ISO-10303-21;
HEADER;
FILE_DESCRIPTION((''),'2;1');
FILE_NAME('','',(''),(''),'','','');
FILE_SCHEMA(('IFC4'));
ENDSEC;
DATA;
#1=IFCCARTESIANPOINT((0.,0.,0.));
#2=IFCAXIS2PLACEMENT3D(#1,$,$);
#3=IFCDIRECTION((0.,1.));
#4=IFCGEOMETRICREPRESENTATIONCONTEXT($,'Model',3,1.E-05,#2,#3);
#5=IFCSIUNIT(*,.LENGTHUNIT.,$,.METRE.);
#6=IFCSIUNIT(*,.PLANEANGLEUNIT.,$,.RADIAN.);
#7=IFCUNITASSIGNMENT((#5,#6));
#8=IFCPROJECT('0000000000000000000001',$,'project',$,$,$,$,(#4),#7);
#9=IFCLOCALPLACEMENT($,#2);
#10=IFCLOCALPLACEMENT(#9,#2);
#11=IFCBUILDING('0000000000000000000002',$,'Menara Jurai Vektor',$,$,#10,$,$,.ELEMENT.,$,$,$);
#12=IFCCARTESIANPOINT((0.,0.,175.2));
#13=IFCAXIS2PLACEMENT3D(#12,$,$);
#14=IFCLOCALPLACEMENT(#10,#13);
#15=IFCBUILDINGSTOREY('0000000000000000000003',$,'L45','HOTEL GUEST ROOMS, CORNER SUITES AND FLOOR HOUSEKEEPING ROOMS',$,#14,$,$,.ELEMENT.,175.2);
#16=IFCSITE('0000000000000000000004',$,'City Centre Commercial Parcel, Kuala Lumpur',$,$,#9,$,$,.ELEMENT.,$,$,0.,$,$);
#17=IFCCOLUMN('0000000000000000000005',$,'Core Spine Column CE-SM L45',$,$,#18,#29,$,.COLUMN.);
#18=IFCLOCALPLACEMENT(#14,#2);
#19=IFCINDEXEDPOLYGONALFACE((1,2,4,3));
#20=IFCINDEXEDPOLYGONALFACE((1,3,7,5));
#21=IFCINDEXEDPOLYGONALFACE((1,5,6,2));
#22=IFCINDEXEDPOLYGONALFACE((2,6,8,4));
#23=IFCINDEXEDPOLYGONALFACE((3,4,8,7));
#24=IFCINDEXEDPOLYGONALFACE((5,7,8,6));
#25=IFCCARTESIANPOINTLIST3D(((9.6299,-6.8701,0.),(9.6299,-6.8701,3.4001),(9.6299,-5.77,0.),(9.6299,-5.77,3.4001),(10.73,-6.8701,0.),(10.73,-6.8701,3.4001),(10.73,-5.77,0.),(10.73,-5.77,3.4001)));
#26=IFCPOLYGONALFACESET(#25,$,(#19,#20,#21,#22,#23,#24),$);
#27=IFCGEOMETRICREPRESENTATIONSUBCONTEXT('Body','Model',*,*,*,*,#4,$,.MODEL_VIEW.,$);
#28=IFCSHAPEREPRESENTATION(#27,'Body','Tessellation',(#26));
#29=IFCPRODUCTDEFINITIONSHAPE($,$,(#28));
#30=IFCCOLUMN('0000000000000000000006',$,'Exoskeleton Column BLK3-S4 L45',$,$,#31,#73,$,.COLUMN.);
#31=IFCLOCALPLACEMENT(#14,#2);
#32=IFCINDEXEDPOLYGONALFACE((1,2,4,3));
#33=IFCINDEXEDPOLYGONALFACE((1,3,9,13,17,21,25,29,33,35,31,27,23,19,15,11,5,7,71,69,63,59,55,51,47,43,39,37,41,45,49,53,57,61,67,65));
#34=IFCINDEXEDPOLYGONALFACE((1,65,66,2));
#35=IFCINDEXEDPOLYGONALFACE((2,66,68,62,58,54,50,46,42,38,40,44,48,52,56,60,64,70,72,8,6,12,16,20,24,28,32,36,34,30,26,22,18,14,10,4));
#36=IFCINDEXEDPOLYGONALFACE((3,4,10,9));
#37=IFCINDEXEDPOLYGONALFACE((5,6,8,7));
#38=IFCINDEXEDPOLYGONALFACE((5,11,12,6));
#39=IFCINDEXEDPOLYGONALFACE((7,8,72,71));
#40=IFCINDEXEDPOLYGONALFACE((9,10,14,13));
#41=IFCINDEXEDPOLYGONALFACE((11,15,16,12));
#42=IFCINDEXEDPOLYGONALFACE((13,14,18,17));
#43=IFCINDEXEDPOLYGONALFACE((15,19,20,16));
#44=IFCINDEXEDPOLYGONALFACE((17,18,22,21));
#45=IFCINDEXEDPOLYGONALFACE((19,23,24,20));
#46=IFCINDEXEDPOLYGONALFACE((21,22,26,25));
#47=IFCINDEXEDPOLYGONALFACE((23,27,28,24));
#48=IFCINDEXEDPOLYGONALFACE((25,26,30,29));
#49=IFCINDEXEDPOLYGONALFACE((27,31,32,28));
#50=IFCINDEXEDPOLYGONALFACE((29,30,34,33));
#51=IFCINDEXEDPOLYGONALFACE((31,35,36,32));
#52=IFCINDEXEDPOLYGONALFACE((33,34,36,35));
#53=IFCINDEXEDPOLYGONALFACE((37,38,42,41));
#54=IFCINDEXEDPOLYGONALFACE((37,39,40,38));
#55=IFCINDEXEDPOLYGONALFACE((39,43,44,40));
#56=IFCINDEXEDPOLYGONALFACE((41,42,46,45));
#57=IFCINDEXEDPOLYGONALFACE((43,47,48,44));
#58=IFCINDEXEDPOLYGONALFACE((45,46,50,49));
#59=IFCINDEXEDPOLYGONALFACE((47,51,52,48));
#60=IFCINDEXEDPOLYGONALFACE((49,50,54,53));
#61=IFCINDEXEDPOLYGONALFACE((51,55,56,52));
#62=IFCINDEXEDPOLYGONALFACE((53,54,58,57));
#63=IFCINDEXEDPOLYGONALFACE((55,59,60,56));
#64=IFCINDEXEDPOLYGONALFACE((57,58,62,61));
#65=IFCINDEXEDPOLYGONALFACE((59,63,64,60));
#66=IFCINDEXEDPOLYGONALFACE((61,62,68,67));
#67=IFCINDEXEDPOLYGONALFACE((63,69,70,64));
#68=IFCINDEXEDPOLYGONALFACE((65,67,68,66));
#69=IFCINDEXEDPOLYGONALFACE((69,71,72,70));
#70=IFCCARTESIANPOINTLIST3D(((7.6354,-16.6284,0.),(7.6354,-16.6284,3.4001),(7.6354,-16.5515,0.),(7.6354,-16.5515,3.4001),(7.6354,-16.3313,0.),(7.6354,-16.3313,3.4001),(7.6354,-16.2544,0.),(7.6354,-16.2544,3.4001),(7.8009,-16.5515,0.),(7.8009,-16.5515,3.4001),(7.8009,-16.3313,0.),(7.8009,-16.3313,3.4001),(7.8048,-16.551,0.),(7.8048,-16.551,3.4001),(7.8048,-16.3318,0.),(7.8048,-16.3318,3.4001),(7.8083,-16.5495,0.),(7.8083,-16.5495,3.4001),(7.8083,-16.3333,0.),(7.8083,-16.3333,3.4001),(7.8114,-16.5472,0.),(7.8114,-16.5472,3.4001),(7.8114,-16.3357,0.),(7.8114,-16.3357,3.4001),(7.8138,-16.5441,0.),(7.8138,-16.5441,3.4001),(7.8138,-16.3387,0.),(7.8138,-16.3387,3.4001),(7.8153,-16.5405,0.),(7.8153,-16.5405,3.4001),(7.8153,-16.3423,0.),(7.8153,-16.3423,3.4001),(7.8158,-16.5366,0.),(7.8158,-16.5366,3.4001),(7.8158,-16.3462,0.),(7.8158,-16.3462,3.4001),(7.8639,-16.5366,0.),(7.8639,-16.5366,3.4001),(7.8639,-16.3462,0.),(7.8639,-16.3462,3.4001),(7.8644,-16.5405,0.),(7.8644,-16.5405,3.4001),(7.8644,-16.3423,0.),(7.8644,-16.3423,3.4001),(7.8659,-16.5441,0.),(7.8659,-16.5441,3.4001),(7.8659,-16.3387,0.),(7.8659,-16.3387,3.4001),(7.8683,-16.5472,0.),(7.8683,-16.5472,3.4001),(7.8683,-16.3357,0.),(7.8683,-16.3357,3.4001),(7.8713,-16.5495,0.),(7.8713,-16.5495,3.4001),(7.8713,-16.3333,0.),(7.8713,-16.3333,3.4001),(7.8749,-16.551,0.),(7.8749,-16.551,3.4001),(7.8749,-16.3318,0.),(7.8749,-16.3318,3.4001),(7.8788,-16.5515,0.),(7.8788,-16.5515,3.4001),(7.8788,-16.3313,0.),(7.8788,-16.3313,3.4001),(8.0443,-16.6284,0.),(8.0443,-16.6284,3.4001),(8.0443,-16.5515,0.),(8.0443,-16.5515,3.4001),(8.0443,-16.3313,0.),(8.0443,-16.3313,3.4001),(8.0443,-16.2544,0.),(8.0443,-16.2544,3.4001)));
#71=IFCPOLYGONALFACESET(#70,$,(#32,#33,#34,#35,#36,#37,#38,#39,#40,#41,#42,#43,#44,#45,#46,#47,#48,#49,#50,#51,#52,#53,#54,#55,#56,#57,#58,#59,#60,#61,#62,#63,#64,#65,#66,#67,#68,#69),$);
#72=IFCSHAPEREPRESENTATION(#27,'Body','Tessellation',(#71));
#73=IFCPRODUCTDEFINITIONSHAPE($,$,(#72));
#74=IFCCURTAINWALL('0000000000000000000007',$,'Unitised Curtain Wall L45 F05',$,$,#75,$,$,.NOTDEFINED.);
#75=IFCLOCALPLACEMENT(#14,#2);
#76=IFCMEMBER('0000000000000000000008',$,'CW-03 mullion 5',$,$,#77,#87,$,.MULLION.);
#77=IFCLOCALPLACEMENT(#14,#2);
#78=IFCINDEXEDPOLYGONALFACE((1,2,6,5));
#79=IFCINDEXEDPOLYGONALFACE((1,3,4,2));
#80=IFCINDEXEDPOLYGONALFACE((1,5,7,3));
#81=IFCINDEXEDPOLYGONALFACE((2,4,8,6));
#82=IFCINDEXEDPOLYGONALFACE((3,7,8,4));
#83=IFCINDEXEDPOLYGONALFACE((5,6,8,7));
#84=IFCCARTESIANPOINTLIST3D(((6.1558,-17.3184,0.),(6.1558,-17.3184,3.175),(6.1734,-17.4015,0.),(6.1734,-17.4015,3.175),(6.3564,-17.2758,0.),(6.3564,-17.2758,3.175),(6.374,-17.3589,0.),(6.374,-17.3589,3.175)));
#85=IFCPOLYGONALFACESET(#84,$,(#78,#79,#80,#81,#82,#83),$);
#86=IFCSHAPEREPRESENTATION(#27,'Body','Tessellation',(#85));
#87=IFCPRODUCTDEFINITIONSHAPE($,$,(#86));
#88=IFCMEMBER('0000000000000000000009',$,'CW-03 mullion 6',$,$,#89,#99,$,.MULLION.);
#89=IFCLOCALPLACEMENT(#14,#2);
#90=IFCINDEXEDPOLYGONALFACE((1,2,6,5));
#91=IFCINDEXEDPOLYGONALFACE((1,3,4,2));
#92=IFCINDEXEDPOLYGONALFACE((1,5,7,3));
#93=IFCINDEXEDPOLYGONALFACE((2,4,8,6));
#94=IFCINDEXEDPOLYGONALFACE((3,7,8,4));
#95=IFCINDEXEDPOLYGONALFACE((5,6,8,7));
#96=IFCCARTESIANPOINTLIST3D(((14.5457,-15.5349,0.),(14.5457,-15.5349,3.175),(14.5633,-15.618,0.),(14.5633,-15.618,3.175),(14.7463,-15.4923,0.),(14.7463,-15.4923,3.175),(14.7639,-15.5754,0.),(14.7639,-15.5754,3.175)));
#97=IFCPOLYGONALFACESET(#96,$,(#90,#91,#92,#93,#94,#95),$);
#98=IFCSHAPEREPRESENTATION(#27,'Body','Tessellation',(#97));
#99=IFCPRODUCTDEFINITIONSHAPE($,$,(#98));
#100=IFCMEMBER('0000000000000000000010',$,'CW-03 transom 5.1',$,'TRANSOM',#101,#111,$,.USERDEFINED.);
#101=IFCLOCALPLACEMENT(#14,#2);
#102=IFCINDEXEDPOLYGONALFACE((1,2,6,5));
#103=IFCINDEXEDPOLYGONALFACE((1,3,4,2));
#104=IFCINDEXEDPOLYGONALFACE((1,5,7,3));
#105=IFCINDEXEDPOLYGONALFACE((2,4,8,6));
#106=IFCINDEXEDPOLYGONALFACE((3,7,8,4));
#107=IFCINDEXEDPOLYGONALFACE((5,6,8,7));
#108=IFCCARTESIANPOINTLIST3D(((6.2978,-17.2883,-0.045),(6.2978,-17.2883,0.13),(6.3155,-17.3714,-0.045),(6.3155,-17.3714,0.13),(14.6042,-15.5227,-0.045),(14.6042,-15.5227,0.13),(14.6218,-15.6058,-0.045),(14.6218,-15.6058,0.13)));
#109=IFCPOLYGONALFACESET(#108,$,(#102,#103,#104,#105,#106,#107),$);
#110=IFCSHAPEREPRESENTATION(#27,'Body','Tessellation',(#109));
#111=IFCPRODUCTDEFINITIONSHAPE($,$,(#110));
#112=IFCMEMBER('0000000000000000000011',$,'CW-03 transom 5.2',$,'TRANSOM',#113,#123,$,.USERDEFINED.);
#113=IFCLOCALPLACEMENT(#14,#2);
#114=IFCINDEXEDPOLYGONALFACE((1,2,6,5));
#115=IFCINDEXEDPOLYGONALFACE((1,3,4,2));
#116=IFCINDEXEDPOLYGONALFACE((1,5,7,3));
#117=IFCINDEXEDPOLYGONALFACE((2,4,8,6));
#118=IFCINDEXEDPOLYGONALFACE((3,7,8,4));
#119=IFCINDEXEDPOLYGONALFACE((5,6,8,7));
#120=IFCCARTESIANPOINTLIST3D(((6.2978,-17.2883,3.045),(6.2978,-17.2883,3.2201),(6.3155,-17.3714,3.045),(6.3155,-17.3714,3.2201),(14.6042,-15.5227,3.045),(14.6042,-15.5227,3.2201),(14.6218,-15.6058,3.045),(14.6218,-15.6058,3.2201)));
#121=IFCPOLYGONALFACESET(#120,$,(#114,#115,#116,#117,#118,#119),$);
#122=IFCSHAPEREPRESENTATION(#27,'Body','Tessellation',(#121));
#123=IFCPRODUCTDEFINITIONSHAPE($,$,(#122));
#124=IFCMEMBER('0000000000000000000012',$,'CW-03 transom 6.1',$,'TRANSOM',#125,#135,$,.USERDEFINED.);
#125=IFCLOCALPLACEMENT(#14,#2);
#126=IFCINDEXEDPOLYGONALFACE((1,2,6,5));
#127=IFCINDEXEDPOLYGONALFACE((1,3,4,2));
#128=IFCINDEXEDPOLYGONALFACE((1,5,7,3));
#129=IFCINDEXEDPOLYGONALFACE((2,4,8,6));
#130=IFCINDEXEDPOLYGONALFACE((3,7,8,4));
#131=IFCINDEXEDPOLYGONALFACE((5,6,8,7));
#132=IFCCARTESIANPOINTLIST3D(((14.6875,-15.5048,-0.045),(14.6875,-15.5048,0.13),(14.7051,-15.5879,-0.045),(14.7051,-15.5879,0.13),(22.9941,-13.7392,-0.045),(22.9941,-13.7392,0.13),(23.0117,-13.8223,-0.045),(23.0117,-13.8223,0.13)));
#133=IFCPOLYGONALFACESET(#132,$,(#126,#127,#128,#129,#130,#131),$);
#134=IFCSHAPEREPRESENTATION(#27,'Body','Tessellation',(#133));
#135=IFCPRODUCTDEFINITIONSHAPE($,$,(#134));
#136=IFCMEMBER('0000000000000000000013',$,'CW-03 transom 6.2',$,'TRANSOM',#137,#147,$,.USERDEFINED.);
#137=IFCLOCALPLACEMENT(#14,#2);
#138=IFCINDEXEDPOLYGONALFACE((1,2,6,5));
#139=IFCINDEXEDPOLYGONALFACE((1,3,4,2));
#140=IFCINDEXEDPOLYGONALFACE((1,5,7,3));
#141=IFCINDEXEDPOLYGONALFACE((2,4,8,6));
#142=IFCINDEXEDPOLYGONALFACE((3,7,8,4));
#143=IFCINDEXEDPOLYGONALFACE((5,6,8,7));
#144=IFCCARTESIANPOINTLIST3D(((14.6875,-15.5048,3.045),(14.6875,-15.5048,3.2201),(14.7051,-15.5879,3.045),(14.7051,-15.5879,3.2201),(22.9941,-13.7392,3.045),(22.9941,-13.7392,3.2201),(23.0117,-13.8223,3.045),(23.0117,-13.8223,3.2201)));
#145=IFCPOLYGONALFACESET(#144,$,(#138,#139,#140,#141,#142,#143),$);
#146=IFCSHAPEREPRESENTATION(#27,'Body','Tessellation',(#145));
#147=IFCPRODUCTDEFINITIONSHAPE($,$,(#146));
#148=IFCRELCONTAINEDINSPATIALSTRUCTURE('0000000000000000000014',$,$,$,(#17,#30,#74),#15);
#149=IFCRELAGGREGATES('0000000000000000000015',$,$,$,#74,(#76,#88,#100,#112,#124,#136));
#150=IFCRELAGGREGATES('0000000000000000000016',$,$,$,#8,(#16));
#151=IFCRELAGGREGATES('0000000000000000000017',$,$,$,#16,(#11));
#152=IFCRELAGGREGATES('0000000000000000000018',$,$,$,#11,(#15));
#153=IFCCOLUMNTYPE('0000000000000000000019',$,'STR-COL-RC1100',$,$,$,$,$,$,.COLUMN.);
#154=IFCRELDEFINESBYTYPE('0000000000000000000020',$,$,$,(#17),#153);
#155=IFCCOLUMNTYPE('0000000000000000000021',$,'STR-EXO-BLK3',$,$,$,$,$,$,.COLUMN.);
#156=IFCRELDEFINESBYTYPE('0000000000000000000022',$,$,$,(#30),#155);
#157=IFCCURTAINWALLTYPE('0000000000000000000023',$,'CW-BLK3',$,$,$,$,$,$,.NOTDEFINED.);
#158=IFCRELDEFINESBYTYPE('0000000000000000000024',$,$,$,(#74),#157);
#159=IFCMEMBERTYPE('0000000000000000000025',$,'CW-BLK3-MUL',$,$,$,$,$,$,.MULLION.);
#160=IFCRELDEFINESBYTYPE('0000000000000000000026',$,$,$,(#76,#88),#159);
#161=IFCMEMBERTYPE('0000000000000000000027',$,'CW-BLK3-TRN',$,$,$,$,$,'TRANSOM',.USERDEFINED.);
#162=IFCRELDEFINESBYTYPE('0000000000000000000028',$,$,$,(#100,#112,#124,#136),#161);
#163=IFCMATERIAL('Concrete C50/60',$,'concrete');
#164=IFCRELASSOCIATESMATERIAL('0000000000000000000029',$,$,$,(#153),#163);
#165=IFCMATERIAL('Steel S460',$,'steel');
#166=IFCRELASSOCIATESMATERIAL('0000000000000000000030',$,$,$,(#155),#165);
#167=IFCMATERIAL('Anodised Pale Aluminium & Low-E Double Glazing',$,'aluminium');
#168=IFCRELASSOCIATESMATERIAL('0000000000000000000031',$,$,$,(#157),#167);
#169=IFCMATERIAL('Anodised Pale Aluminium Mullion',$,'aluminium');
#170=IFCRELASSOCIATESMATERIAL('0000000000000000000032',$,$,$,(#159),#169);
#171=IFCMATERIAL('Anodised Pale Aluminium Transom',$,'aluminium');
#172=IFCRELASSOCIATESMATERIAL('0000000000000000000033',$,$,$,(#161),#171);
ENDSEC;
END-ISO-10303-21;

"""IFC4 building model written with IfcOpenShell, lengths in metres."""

from ifc_helpers import new_model, si_unit, direction, frame, origin, origin_2d, place, context, subcontext, project, spatial, rectangle, i_section, extrude, material, material_profile, profile_set, type_object, element, aggregate, save


model = new_model("IFC4")

# Units and contexts
model_context = context("Model", 3, precision=1e-05, world=origin(), true_north=direction((0.0, 1.0)))
body_context = subcontext(model_context, "Body", "Model", "MODEL_VIEW")
ifc_project = project(units=[si_unit("LENGTHUNIT", "METRE"), si_unit("PLANEANGLEUNIT", "RADIAN")], contexts=[model_context])

# Site, building, storey
site_placement = place(None, origin())
site = spatial("IfcSite", under=ifc_project, at=site_placement, Name="City Centre Commercial Parcel, Kuala Lumpur", CompositionType="ELEMENT", RefElevation=0.0)
building_placement = place(site_placement, origin())
building = spatial("IfcBuilding", under=site, at=building_placement, Name="Menara Jurai Vektor", CompositionType="ELEMENT")
storey_placement = place(building_placement, frame((0.0, 0.0, 175.2)))
storey = spatial("IfcBuildingStorey", under=building, at=storey_placement, Name="L45", Description="HOTEL GUEST ROOMS, CORNER SUITES AND FLOOR HOUSEKEEPING ROOMS", CompositionType="ELEMENT", Elevation=175.2)

# Columns
ifc_material_1 = material(Name="Concrete C50/60", Category="concrete")
ifc_material_profile_1 = material_profile(ifc_material_1, rectangle(XDim=1.1001, YDim=1.1001, at=origin_2d()), Name="RC 1100x1100")
ifc_profile_set_1 = profile_set([ifc_material_profile_1], Name="Concrete C50/60")
column_type_1 = type_object("IfcColumnType", Name="STR-COL-RC1100", PredefinedType="COLUMN", material=ifc_profile_set_1)
column_1_placement = place(storey_placement, frame((10.1799, -6.3201, 0.0), z_axis=(0.0, 0.0, 1.0), x_axis=(1.0, 0.0, 0.0)))
element("IfcColumn", 1, at=column_1_placement, inside=storey, type_object=column_type_1, Name="Core Spine Column CE-SM L45", PredefinedType="COLUMN", context=body_context, shape_type="SweptSolid", body=[
    extrude(rectangle(XDim=1.1001, YDim=1.1001, at=origin_2d()), origin(), (0.0, 0.0, 1.0), 3.4001),
])
ifc_material_2 = material(Name="Steel S460", Category="steel")
ifc_material_profile_2 = material_profile(ifc_material_2, i_section(OverallWidth=0.4089, OverallDepth=0.374, WebThickness=0.0481, FlangeThickness=0.0769, FilletRadius=0.0149, at=origin_2d()), Name="HD 400x634")
ifc_profile_set_2 = profile_set([ifc_material_profile_2], Name="Steel S460")
column_type_2 = type_object("IfcColumnType", Name="STR-EXO-BLK3", PredefinedType="COLUMN", material=ifc_profile_set_2)
column_2_placement = place(storey_placement, frame((7.8398, -16.4414, 0.0), z_axis=(0.0, 0.0, 1.0), x_axis=(1.0, 0.0, 0.0)))
element("IfcColumn", 2, at=column_2_placement, inside=storey, type_object=column_type_2, Name="Exoskeleton Column BLK3-S4 L45", PredefinedType="COLUMN", context=body_context, shape_type="SweptSolid", body=[
    extrude(i_section(OverallWidth=0.4089, OverallDepth=0.374, WebThickness=0.0481, FlangeThickness=0.0769, FilletRadius=0.0149, at=origin_2d()), origin(), (0.0, 0.0, 1.0), 3.4001),
])

# Curtain wall, members
ifc_material_3 = material(Name="Anodised Pale Aluminium & Low-E Double Glazing", Category="aluminium")
curtain_wall_type = type_object("IfcCurtainWallType", Name="CW-BLK3", PredefinedType="NOTDEFINED", material=ifc_material_3)
curtain_wall_placement = place(storey_placement, origin())
curtain_wall = element("IfcCurtainWall", 3, at=curtain_wall_placement, inside=storey, type_object=curtain_wall_type, Name="Unitised Curtain Wall L45 F05", PredefinedType="NOTDEFINED")
ifc_material_4 = material(Name="Anodised Pale Aluminium Mullion", Category="aluminium")
ifc_material_profile_3 = material_profile(ifc_material_4, rectangle(XDim=0.085, YDim=0.2051, at=origin_2d()), Name="ALU MUL 85x205")
ifc_profile_set_3 = profile_set([ifc_material_profile_3], Name="Anodised Pale Aluminium Mullion")
member_type_1 = type_object("IfcMemberType", Name="CW-BLK3-MUL", PredefinedType="MULLION", material=ifc_profile_set_3)
member_1_placement = place(storey_placement, frame((6.2649, -17.3386, 0.0), z_axis=(0.0, 0.0, 1.0), x_axis=(-0.207911, 0.978148, 0.0)))
member_1 = element("IfcMember", 4, at=member_1_placement, type_object=member_type_1, Name="CW-03 mullion 5", PredefinedType="MULLION", context=body_context, shape_type="SweptSolid", body=[
    extrude(rectangle(XDim=0.085, YDim=0.2051, at=origin_2d()), origin(), (0.0, 0.0, 1.0), 3.175),
])
member_2_placement = place(storey_placement, frame((14.6548, -15.5552, 0.0), z_axis=(0.0, 0.0, 1.0), x_axis=(-0.207911, 0.978148, 0.0)))
member_2 = element("IfcMember", 5, at=member_2_placement, type_object=member_type_1, Name="CW-03 mullion 6", PredefinedType="MULLION", context=body_context, shape_type="SweptSolid", body=[
    extrude(rectangle(XDim=0.085, YDim=0.2051, at=origin_2d()), origin(), (0.0, 0.0, 1.0), 3.175),
])
ifc_material_5 = material(Name="Anodised Pale Aluminium Transom", Category="aluminium")
ifc_material_profile_4 = material_profile(ifc_material_5, rectangle(XDim=0.085, YDim=0.175, at=origin_2d()), Name="ALU TRN 85x175")
ifc_profile_set_4 = profile_set([ifc_material_profile_4], Name="Anodised Pale Aluminium Transom")
member_type_2 = type_object("IfcMemberType", Name="CW-BLK3-TRN", ElementType="TRANSOM", PredefinedType="USERDEFINED", material=ifc_profile_set_4)
member_3_placement = place(storey_placement, frame((6.3066, -17.3298, 0.0425), z_axis=(0.978147, 0.207917, 0.0), x_axis=(-0.207917, 0.978147, 0.0)))
member_3 = element("IfcMember", 6, at=member_3_placement, type_object=member_type_2, Name="CW-03 transom 5.1", ObjectType="TRANSOM", PredefinedType="USERDEFINED", context=body_context, shape_type="SweptSolid", body=[
    extrude(rectangle(XDim=0.085, YDim=0.175, at=origin_2d()), origin(), (0.0, 0.0, 1.0), 8.4919),
])
member_4_placement = place(storey_placement, frame((6.3066, -17.3298, 3.1326), z_axis=(0.978147, 0.207917, 0.0), x_axis=(-0.207917, 0.978147, 0.0)))
member_4 = element("IfcMember", 7, at=member_4_placement, type_object=member_type_2, Name="CW-03 transom 5.2", ObjectType="TRANSOM", PredefinedType="USERDEFINED", context=body_context, shape_type="SweptSolid", body=[
    extrude(rectangle(XDim=0.085, YDim=0.175, at=origin_2d()), origin(), (0.0, 0.0, 1.0), 8.4919),
])
member_5_placement = place(storey_placement, frame((14.6963, -15.5464, 0.0425), z_axis=(0.978148, 0.207911, 0.0), x_axis=(-0.207911, 0.978148, 0.0)))
member_5 = element("IfcMember", 8, at=member_5_placement, type_object=member_type_2, Name="CW-03 transom 6.1", ObjectType="TRANSOM", PredefinedType="USERDEFINED", context=body_context, shape_type="SweptSolid", body=[
    extrude(rectangle(XDim=0.085, YDim=0.175, at=origin_2d()), origin(), (0.0, 0.0, 1.0), 8.4922),
])
member_6_placement = place(storey_placement, frame((14.6963, -15.5464, 3.1326), z_axis=(0.978148, 0.207911, 0.0), x_axis=(-0.207911, 0.978148, 0.0)))
member_6 = element("IfcMember", 9, at=member_6_placement, type_object=member_type_2, Name="CW-03 transom 6.2", ObjectType="TRANSOM", PredefinedType="USERDEFINED", context=body_context, shape_type="SweptSolid", body=[
    extrude(rectangle(XDim=0.085, YDim=0.175, at=origin_2d()), origin(), (0.0, 0.0, 1.0), 8.4922),
])

aggregate(curtain_wall, [member_1, member_2, member_3, member_4, member_5, member_6])

save(model, "model.ifc")
